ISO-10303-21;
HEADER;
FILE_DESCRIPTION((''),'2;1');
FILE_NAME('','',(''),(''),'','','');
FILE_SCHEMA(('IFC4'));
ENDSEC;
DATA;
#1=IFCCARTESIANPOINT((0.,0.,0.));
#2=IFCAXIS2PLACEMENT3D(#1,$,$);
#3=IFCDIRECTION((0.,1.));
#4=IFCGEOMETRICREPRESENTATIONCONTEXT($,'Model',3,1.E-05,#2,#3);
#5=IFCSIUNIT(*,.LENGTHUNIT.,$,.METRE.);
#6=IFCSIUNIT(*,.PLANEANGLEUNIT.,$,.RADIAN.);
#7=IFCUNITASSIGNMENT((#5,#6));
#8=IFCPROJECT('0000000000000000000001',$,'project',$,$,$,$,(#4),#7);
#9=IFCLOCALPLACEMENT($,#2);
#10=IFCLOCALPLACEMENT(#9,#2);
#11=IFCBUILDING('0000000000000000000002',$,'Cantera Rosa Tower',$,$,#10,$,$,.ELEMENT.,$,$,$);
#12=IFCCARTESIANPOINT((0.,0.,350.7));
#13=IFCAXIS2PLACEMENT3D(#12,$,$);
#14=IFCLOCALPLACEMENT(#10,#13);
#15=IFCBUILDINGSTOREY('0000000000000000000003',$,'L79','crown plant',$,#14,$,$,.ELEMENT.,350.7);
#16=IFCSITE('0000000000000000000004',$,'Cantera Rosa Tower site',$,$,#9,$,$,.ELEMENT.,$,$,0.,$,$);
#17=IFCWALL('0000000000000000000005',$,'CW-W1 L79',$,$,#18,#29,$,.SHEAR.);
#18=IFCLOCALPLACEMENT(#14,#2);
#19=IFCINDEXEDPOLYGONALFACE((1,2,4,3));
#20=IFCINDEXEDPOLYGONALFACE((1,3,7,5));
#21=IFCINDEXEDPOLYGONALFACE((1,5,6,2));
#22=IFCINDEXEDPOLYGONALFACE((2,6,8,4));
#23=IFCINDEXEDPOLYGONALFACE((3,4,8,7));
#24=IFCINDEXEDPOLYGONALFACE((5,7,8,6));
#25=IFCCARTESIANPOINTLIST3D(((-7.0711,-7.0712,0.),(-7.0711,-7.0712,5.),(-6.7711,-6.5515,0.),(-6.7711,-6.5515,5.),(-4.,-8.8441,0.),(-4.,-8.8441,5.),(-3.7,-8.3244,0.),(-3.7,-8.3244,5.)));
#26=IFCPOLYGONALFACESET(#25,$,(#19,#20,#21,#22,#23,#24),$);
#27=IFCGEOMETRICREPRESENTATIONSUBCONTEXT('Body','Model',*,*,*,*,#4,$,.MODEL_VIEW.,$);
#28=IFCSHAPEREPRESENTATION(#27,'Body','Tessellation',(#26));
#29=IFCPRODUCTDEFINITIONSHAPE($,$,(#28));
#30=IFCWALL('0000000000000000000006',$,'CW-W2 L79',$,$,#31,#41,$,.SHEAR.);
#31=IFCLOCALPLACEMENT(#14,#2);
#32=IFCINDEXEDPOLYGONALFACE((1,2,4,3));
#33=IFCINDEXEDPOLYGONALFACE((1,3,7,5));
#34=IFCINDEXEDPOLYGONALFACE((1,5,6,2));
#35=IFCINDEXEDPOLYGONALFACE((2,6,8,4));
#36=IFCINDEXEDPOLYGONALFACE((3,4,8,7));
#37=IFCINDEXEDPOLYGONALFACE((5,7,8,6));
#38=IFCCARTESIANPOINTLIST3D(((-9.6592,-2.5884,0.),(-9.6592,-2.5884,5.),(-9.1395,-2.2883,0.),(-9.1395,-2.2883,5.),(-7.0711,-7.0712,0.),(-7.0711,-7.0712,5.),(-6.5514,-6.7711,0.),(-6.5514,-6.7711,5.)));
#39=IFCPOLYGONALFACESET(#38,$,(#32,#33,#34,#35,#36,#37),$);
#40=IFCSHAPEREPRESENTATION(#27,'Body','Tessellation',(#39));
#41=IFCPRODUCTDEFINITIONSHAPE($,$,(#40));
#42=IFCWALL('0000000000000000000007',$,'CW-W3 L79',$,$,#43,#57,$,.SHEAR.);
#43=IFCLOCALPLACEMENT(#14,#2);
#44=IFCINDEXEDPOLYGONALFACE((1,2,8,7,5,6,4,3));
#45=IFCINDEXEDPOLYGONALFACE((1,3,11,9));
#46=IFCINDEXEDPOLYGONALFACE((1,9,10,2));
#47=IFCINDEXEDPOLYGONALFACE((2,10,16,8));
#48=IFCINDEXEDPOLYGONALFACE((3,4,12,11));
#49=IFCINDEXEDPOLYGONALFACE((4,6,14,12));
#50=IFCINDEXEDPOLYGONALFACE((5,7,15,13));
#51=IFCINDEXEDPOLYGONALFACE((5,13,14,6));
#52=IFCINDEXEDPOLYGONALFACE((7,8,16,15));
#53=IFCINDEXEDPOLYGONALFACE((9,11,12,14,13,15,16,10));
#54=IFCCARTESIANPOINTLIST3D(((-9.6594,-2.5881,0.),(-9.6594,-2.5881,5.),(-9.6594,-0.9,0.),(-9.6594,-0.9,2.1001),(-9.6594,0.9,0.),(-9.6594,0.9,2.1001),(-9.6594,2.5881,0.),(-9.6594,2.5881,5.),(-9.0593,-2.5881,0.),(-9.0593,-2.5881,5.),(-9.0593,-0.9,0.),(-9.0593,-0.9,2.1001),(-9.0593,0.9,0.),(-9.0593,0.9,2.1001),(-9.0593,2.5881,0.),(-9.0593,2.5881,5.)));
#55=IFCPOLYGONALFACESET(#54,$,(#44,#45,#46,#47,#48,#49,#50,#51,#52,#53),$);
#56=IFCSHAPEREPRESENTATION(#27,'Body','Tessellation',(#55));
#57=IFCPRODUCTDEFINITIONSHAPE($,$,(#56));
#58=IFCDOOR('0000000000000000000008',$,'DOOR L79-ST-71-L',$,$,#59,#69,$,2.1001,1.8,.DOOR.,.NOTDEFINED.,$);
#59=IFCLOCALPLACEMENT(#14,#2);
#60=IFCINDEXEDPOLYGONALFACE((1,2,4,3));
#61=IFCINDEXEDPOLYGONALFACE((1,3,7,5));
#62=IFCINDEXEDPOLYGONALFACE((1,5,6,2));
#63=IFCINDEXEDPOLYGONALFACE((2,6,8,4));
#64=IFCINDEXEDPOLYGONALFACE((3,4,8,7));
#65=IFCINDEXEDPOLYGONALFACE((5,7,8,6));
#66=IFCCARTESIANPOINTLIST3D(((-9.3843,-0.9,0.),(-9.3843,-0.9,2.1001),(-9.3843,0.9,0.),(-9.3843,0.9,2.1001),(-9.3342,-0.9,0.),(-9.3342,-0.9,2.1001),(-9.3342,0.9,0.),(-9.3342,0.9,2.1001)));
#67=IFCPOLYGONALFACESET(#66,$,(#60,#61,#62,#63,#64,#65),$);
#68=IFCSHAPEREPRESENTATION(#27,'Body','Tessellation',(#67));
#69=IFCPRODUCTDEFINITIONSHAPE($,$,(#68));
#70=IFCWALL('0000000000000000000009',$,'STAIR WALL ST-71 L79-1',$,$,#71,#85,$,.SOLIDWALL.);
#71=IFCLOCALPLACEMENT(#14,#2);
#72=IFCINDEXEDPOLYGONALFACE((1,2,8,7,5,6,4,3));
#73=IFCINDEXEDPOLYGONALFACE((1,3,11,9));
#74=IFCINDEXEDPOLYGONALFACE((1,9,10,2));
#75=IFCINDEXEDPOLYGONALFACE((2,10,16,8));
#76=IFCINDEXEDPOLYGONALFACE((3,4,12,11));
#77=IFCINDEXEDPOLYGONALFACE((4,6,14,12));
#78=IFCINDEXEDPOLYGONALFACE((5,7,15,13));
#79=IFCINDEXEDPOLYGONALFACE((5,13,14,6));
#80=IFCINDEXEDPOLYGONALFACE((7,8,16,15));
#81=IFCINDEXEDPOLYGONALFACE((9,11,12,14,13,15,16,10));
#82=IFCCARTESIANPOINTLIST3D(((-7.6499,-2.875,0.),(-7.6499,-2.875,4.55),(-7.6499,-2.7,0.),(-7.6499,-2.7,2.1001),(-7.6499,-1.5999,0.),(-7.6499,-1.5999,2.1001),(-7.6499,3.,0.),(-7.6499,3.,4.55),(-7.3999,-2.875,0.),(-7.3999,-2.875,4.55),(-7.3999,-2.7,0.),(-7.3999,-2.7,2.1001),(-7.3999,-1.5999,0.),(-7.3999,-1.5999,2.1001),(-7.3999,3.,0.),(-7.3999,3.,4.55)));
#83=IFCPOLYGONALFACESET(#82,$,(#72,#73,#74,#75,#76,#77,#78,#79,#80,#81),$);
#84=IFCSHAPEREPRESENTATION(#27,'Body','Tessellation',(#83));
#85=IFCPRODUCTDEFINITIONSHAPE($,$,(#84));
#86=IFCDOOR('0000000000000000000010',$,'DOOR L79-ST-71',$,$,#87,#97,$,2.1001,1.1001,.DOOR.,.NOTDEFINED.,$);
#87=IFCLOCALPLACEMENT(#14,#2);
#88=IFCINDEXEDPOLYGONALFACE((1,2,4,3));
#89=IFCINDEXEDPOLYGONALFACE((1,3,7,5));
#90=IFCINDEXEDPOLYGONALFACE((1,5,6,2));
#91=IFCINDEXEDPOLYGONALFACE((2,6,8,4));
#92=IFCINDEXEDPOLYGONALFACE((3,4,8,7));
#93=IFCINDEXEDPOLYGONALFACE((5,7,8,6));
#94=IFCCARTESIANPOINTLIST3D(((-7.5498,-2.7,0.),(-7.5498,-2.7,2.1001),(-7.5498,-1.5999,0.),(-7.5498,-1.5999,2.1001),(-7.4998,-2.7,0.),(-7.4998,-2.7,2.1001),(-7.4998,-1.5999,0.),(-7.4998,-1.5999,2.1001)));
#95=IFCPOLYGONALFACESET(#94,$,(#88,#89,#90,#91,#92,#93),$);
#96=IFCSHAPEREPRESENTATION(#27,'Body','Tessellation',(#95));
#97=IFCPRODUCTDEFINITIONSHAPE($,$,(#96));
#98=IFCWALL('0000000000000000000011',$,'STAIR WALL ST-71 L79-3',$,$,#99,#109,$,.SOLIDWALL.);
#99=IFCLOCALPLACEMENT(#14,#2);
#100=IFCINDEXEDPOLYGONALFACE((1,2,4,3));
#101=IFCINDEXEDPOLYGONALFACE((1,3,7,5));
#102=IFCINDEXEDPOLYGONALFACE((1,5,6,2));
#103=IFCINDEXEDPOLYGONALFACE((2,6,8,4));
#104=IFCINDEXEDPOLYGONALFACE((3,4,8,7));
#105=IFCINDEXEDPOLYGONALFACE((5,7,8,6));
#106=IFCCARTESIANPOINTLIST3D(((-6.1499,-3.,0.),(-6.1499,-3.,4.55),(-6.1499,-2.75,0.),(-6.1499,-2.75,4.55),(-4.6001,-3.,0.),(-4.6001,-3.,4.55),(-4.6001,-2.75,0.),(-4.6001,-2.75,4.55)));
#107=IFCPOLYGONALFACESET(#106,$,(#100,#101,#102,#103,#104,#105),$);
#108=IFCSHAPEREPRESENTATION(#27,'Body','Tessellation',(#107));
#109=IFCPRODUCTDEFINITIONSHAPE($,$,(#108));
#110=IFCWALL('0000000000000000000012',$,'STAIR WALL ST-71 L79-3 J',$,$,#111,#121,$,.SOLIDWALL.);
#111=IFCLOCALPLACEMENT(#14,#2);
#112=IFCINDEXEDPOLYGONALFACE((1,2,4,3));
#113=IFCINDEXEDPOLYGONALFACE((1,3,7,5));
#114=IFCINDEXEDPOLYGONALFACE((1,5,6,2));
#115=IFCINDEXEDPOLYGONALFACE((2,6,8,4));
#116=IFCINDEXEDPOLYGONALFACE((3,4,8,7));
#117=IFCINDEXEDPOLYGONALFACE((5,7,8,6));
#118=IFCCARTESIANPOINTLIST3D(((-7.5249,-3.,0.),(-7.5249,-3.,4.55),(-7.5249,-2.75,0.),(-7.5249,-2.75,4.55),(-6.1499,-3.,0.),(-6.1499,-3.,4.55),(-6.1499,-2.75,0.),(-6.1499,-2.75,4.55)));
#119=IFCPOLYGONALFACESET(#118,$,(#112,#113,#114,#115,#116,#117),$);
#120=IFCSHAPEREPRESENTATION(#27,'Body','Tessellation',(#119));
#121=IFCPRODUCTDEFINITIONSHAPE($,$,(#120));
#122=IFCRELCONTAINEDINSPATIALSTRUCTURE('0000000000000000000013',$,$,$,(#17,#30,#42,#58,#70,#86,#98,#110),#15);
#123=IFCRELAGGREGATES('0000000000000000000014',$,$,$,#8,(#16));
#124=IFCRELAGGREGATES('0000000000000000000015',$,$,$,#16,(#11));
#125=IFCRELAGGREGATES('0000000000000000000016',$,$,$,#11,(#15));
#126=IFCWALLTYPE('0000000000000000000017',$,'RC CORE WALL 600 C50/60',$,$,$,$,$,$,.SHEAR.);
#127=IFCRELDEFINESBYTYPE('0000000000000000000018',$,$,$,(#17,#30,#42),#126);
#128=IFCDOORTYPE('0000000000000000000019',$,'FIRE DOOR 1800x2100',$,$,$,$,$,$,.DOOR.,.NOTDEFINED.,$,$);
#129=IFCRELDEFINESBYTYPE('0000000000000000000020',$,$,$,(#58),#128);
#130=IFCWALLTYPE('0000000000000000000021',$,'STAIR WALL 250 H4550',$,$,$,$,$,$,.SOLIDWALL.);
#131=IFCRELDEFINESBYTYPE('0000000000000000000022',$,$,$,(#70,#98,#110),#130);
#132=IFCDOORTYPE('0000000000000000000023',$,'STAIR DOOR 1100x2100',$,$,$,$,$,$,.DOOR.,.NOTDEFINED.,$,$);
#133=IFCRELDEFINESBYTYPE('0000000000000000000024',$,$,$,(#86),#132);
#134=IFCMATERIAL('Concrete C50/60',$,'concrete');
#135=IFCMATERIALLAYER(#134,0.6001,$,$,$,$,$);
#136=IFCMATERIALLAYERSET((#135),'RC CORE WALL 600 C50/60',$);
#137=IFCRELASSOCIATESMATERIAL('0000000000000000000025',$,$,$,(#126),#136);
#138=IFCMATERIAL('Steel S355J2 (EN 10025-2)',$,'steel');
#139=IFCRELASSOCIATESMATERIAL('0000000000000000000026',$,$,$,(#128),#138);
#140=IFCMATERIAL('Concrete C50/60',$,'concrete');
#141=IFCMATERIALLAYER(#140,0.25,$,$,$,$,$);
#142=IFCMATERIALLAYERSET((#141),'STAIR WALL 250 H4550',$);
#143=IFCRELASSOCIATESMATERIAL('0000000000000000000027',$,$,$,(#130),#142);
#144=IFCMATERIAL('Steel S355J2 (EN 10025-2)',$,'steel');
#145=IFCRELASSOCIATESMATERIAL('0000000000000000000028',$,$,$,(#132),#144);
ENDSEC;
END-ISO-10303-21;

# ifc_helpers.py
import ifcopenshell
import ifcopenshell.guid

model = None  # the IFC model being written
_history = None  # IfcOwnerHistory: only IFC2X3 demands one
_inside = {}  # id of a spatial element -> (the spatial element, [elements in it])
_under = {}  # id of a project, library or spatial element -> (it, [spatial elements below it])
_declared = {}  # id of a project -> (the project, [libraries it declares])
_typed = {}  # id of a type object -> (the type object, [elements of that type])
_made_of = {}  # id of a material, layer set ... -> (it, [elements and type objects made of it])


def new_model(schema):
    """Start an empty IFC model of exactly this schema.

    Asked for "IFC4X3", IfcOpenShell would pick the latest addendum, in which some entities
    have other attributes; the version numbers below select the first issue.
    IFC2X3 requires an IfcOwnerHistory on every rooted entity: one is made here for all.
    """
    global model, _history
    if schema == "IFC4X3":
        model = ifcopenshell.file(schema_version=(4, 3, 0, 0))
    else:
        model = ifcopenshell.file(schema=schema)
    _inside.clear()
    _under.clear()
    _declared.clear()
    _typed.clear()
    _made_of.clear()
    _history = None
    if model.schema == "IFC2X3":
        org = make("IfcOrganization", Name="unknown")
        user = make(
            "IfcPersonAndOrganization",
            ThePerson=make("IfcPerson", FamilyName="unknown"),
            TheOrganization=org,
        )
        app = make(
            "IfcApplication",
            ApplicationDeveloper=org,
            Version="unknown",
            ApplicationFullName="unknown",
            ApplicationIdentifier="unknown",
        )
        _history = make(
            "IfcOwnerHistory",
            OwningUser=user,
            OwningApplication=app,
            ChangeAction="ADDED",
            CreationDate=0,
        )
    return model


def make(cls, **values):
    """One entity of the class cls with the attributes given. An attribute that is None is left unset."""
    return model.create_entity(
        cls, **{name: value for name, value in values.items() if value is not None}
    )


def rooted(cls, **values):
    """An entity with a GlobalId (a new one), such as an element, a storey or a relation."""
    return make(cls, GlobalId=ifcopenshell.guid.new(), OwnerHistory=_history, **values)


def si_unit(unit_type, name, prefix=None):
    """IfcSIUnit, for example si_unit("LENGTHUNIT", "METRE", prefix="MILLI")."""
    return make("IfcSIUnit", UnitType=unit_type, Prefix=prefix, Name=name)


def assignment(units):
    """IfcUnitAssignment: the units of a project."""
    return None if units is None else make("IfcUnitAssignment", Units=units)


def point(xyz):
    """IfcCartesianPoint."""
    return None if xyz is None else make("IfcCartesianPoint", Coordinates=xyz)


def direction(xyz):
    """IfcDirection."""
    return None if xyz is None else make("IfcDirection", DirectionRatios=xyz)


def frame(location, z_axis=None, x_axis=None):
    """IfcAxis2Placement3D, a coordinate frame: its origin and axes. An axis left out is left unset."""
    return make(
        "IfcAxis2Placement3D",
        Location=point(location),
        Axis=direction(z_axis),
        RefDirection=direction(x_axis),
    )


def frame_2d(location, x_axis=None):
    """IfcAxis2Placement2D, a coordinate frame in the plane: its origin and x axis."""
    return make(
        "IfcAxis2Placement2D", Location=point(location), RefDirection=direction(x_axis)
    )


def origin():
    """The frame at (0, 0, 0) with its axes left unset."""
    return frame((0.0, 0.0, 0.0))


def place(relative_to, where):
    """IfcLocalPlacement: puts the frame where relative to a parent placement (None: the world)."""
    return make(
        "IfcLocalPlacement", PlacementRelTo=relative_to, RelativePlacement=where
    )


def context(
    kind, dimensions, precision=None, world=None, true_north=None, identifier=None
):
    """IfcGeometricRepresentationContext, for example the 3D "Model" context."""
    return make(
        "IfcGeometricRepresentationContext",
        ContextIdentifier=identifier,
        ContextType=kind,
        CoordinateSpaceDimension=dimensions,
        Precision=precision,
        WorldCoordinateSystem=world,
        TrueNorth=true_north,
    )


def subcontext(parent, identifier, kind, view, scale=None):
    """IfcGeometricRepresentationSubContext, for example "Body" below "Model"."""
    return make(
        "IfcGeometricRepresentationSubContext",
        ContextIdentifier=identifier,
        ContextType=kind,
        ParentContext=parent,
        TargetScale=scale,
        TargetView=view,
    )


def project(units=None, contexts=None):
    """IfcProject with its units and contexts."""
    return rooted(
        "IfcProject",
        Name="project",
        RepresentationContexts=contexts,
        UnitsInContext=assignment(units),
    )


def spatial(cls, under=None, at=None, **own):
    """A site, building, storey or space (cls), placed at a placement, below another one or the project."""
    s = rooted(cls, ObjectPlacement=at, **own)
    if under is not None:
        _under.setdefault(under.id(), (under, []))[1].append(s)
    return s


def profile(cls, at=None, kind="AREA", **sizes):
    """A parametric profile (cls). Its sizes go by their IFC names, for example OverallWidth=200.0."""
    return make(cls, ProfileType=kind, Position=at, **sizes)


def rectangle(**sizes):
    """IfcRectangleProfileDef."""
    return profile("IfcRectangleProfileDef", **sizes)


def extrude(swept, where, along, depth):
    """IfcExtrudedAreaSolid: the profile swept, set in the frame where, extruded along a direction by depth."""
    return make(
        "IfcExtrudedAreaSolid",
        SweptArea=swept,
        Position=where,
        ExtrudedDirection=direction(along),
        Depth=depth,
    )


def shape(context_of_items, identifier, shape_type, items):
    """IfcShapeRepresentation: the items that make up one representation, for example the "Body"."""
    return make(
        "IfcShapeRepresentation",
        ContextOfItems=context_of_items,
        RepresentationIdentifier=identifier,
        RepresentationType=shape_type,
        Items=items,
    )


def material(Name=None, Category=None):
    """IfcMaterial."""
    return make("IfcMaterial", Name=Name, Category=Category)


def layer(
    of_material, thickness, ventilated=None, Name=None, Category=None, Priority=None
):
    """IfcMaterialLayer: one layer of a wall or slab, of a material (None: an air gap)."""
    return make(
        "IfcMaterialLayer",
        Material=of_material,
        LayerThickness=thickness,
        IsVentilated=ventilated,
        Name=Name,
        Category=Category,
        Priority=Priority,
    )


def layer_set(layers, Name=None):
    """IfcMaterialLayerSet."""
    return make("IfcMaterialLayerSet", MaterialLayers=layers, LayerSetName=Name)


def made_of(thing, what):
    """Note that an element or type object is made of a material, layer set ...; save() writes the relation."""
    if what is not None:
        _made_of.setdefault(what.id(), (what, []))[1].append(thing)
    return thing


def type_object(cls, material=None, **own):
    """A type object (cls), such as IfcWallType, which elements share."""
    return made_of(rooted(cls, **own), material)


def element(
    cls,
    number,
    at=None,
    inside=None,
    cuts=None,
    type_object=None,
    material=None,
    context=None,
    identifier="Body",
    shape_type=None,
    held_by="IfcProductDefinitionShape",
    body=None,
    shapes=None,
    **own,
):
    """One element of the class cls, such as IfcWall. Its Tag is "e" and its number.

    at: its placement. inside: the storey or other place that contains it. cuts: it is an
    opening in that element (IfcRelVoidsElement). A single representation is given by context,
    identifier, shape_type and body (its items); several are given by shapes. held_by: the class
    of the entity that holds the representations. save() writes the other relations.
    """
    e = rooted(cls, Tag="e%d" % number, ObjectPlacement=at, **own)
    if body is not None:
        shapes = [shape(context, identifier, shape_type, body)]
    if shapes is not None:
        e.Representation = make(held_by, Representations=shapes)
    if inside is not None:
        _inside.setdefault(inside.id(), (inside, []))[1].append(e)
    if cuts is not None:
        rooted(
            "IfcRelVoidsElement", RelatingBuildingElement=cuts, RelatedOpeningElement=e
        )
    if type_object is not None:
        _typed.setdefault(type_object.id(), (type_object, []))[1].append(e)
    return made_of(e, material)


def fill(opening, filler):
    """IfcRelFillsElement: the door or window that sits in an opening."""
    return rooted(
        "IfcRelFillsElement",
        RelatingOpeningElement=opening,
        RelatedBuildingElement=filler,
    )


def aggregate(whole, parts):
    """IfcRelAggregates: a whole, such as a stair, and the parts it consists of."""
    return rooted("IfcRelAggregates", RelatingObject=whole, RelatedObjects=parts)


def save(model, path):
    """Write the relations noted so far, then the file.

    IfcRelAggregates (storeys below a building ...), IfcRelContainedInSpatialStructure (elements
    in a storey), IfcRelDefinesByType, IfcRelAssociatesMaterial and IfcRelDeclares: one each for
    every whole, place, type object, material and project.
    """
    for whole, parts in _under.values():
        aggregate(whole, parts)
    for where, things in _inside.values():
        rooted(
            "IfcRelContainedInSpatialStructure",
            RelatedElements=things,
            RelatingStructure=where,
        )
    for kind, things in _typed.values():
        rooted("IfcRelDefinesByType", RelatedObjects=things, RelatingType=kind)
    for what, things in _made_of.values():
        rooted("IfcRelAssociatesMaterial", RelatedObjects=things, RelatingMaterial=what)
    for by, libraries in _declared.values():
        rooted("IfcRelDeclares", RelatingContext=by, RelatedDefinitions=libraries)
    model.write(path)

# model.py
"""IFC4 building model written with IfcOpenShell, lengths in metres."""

from ifc_helpers import new_model, si_unit, direction, frame, frame_2d, origin, place, context, subcontext, project, spatial, rectangle, extrude, material, layer, layer_set, type_object, element, fill, save


model = new_model("IFC4")

# Units and contexts
model_context = context("Model", 3, precision=1e-05, world=origin(), true_north=direction((0.0, 1.0)))
body_context = subcontext(model_context, "Body", "Model", "MODEL_VIEW")
ifc_project = project(units=[si_unit("LENGTHUNIT", "METRE"), si_unit("PLANEANGLEUNIT", "RADIAN")], contexts=[model_context])

# Site, building, storey
site_placement = place(None, origin())
site = spatial("IfcSite", under=ifc_project, at=site_placement, Name="Cantera Rosa Tower site", CompositionType="ELEMENT", RefElevation=0.0)
building_placement = place(site_placement, origin())
building = spatial("IfcBuilding", under=site, at=building_placement, Name="Cantera Rosa Tower", CompositionType="ELEMENT")
storey_placement = place(building_placement, frame((0.0, 0.0, 350.7)))
storey = spatial("IfcBuildingStorey", under=building, at=storey_placement, Name="L79", Description="crown plant", CompositionType="ELEMENT", Elevation=350.7)

# Walls
ifc_material_1 = material(Name="Concrete C50/60", Category="concrete")
ifc_layer_1 = layer(ifc_material_1, 0.6001)
ifc_layer_set_1 = layer_set([ifc_layer_1], Name="RC CORE WALL 600 C50/60")
wall_type_1 = type_object("IfcWallType", Name="RC CORE WALL 600 C50/60", PredefinedType="SHEAR", material=ifc_layer_set_1)
wall_1_placement = place(storey_placement, frame((-3.8501, -8.5842, 0.0), z_axis=(0.0, 0.0, 1.0), x_axis=(-0.86604, 0.499975, 0.0)))
element("IfcWall", 1, at=wall_1_placement, inside=storey, type_object=wall_type_1, Name="CW-W1 L79", PredefinedType="SHEAR", context=body_context, shape_type="SweptSolid", body=[
    extrude(rectangle(XDim=3.5461, YDim=0.6001, at=frame_2d((1.7729, 0.0))), origin(), (0.0, 0.0, 1.0), 5.0),
])
wall_2_placement = place(storey_placement, frame((-6.8113, -6.9211, 0.0), z_axis=(0.0, 0.0, 1.0), x_axis=(-0.499989, 0.866032, 0.0)))
element("IfcWall", 2, at=wall_2_placement, inside=storey, type_object=wall_type_1, Name="CW-W2 L79", PredefinedType="SHEAR", context=body_context, shape_type="SweptSolid", body=[
    extrude(rectangle(XDim=5.1763, YDim=0.6001, at=frame_2d((2.5881, 0.0))), origin(), (0.0, 0.0, 1.0), 5.0),
])

# Walls, openings, doors
wall_3_placement = place(storey_placement, frame((-9.3594, -2.5881, 0.0), z_axis=(0.0, 0.0, 1.0), x_axis=(0.0, 1.0, 0.0)))
wall_3 = element("IfcWall", 3, at=wall_3_placement, inside=storey, type_object=wall_type_1, Name="CW-W3 L79", PredefinedType="SHEAR", context=body_context, shape_type="SweptSolid", body=[
    extrude(rectangle(XDim=5.1763, YDim=0.6001, at=frame_2d((2.5881, 0.0))), origin(), (0.0, 0.0, 1.0), 5.0),
])
opening_1_placement = place(wall_3_placement, frame((1.6882, 0.0, 0.0)))
opening_1 = element("IfcOpeningElement", 4, at=opening_1_placement, cuts=wall_3, PredefinedType="OPENING", context=body_context, shape_type="SweptSolid", body=[
    extrude(rectangle(XDim=1.8, YDim=2.1001, at=frame_2d((0.8999, 1.05))), frame((0.0, 0.3101, 0.0), z_axis=(0.0, -1.0, 0.0), x_axis=(1.0, 0.0, 0.0)), (0.0, 0.0, 1.0), 0.6201),
])
ifc_material_2 = material(Name="Steel S355J2 (EN 10025-2)", Category="steel")
door_type_1 = type_object("IfcDoorType", Name="FIRE DOOR 1800x2100", OperationType="NOTDEFINED", PredefinedType="DOOR", material=ifc_material_2)
door_1_placement = place(opening_1_placement, origin())
door_1 = element("IfcDoor", 5, at=door_1_placement, inside=storey, type_object=door_type_1, Name="DOOR L79-ST-71-L", OperationType="NOTDEFINED", OverallHeight=2.1001, OverallWidth=1.8, PredefinedType="DOOR", context=body_context, shape_type="SweptSolid", body=[
    extrude(rectangle(XDim=1.8, YDim=2.1001, at=frame_2d((0.8999, 1.05))), frame((0.0, 0.0249, 0.0), z_axis=(0.0, -1.0, 0.0), x_axis=(1.0, 0.0, 0.0)), (0.0, 0.0, 1.0), 0.05),
])
fill(opening_1, door_1)
ifc_material_3 = material(Name="Concrete C50/60", Category="concrete")
ifc_layer_2 = layer(ifc_material_3, 0.25)
ifc_layer_set_2 = layer_set([ifc_layer_2], Name="STAIR WALL 250 H4550")
wall_type_2 = type_object("IfcWallType", Name="STAIR WALL 250 H4550", PredefinedType="SOLIDWALL", material=ifc_layer_set_2)
wall_4_placement = place(storey_placement, frame((-7.5249, -2.875, 0.0), z_axis=(0.0, 0.0, 1.0), x_axis=(0.0, 1.0, 0.0)))
wall_4 = element("IfcWall", 6, at=wall_4_placement, inside=storey, type_object=wall_type_2, Name="STAIR WALL ST-71 L79-1", PredefinedType="SOLIDWALL", context=body_context, shape_type="SweptSolid", body=[
    extrude(rectangle(XDim=5.875, YDim=0.25, at=frame_2d((2.9375, 0.0))), origin(), (0.0, 0.0, 1.0), 4.55),
])
opening_2_placement = place(wall_4_placement, frame((0.175, 0.0, 0.0)))
opening_2 = element("IfcOpeningElement", 7, at=opening_2_placement, cuts=wall_4, PredefinedType="OPENING", context=body_context, shape_type="SweptSolid", body=[
    extrude(rectangle(XDim=1.1001, YDim=2.1001, at=frame_2d((0.55, 1.05))), frame((0.0, 0.135, 0.0), z_axis=(0.0, -1.0, 0.0), x_axis=(1.0, 0.0, 0.0)), (0.0, 0.0, 1.0), 0.27),
])
ifc_material_4 = material(Name="Steel S355J2 (EN 10025-2)", Category="steel")
door_type_2 = type_object("IfcDoorType", Name="STAIR DOOR 1100x2100", OperationType="NOTDEFINED", PredefinedType="DOOR", material=ifc_material_4)
door_2_placement = place(opening_2_placement, origin())
door_2 = element("IfcDoor", 8, at=door_2_placement, inside=storey, type_object=door_type_2, Name="DOOR L79-ST-71", OperationType="NOTDEFINED", OverallHeight=2.1001, OverallWidth=1.1001, PredefinedType="DOOR", context=body_context, shape_type="SweptSolid", body=[
    extrude(rectangle(XDim=1.1001, YDim=2.1001, at=frame_2d((0.55, 1.05))), frame((0.0, 0.0249, 0.0), z_axis=(0.0, -1.0, 0.0), x_axis=(1.0, 0.0, 0.0)), (0.0, 0.0, 1.0), 0.05),
])
fill(opening_2, door_2)

# Walls
wall_5_placement = place(storey_placement, frame((-4.6001, -2.875, 0.0), z_axis=(0.0, 0.0, 1.0), x_axis=(-1.0, 0.0, 0.0)))
element("IfcWall", 9, at=wall_5_placement, inside=storey, type_object=wall_type_2, Name="STAIR WALL ST-71 L79-3", PredefinedType="SOLIDWALL", context=body_context, shape_type="SweptSolid", body=[
    extrude(rectangle(XDim=1.5498, YDim=0.25, at=frame_2d((0.7749, 0.0))), origin(), (0.0, 0.0, 1.0), 4.55),
])
wall_6_placement = place(storey_placement, frame((-6.1499, -2.875, 0.0), z_axis=(0.0, 0.0, 1.0), x_axis=(-1.0, 0.0, 0.0)))
element("IfcWall", 10, at=wall_6_placement, inside=storey, type_object=wall_type_2, Name="STAIR WALL ST-71 L79-3 J", PredefinedType="SOLIDWALL", context=body_context, shape_type="SweptSolid", body=[
    extrude(rectangle(XDim=1.375, YDim=0.25, at=frame_2d((0.6875, 0.0))), origin(), (0.0, 0.0, 1.0), 4.55),
])

save(model, "model.ifc")
